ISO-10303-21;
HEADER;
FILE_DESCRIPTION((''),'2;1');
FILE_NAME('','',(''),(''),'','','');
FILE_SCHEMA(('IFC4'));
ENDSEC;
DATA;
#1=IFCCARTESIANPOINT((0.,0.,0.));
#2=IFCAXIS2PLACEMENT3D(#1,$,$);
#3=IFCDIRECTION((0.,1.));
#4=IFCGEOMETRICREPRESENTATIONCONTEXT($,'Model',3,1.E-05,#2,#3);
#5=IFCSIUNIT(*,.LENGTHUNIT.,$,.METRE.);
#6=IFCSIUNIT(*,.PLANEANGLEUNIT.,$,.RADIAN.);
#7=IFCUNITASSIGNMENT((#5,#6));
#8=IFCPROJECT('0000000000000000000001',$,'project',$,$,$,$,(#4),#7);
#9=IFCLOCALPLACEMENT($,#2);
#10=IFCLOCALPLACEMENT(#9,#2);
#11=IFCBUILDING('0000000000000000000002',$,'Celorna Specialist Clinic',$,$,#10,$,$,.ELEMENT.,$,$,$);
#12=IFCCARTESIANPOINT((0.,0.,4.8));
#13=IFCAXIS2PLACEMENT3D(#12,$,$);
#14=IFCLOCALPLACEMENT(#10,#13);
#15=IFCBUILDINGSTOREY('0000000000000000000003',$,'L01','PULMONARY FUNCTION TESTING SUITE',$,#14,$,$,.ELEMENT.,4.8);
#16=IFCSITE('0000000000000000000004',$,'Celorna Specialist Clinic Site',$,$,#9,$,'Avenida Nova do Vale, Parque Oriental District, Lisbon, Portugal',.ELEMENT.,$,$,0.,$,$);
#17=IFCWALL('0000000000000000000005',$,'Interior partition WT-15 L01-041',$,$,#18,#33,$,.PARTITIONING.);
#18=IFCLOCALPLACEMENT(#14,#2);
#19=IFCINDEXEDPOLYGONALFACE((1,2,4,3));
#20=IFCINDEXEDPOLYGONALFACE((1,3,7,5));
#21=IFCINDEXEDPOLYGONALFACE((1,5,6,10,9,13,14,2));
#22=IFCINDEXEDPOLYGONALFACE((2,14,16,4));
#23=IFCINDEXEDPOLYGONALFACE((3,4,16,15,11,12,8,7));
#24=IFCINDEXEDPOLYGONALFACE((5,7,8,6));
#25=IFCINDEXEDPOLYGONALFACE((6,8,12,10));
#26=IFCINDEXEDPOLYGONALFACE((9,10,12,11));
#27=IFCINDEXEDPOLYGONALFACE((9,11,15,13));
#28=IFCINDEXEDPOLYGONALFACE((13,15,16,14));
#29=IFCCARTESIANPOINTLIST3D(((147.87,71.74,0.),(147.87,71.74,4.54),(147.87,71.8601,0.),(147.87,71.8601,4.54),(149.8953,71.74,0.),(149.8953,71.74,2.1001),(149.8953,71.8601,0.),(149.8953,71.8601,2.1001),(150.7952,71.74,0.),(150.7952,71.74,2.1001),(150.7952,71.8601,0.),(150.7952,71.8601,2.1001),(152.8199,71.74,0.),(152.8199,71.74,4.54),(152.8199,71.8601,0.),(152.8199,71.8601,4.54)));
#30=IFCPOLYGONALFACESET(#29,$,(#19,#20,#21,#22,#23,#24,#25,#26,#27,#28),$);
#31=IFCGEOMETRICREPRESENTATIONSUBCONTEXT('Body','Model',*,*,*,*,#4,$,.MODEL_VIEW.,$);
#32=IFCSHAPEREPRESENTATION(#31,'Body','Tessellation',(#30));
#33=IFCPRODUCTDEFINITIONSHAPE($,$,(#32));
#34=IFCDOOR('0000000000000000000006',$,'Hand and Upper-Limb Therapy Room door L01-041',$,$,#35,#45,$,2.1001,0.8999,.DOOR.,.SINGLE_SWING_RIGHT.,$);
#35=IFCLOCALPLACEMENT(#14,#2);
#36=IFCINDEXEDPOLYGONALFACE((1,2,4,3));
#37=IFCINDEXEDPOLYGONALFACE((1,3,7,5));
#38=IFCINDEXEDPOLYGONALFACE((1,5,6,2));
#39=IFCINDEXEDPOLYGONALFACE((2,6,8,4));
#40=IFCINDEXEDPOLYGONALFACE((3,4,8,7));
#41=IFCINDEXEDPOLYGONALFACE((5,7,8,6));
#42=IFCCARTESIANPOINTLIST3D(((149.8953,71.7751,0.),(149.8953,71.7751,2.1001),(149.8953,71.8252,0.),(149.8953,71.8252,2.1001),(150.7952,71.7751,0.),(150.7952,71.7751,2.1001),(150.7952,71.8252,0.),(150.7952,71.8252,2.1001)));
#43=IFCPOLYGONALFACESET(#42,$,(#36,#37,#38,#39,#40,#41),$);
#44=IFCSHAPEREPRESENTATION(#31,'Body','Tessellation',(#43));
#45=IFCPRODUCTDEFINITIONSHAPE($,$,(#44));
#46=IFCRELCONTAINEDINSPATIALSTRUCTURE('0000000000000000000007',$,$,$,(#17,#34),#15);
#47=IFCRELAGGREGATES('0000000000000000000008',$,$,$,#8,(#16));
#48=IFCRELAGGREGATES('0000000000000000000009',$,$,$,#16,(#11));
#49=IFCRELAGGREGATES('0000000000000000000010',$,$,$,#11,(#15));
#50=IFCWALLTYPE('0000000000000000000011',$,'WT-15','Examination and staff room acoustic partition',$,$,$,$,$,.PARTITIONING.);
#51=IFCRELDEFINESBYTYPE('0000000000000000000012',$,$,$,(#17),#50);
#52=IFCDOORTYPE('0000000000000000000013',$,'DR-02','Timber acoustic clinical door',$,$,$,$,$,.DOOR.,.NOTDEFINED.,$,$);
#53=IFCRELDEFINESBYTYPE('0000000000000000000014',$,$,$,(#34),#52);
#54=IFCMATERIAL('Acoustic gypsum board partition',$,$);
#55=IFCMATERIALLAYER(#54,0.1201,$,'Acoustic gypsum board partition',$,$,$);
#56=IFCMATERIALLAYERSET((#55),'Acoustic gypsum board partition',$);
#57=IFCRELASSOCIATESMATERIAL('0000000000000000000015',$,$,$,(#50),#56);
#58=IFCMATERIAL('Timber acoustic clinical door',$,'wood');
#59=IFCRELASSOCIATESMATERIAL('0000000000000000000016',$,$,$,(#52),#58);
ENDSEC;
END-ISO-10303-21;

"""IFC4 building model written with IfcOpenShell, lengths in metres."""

from ifc_helpers import new_model, si_unit, direction, frame, frame_2d, origin, place, context, subcontext, project, spatial, rectangle, extrude, material, layer, layer_set, type_object, element, fill, save


model = new_model("IFC4")

# Units and contexts
model_context = context("Model", 3, precision=1e-05, world=origin(), true_north=direction((0.0, 1.0)))
body_context = subcontext(model_context, "Body", "Model", "MODEL_VIEW")
ifc_project = project(units=[si_unit("LENGTHUNIT", "METRE"), si_unit("PLANEANGLEUNIT", "RADIAN")], contexts=[model_context])

# Site, building, storey
site_placement = place(None, origin())
site = spatial("IfcSite", under=ifc_project, at=site_placement, Name="Celorna Specialist Clinic Site", LongName="Avenida Nova do Vale, Parque Oriental District, Lisbon, Portugal", CompositionType="ELEMENT", RefElevation=0.0)
building_placement = place(site_placement, origin())
building = spatial("IfcBuilding", under=site, at=building_placement, Name="Celorna Specialist Clinic", CompositionType="ELEMENT")
storey_placement = place(building_placement, frame((0.0, 0.0, 4.8)))
storey = spatial("IfcBuildingStorey", under=building, at=storey_placement, Name="L01", Description="PULMONARY FUNCTION TESTING SUITE", CompositionType="ELEMENT", Elevation=4.8)

# Wall, opening, door
ifc_material_1 = material(Name="Acoustic gypsum board partition")
ifc_layer_1 = layer(ifc_material_1, 0.1201, Name="Acoustic gypsum board partition")
ifc_layer_set_1 = layer_set([ifc_layer_1], Name="Acoustic gypsum board partition")
wall_type_1 = type_object("IfcWallType", Name="WT-15", Description="Examination and staff room acoustic partition", PredefinedType="PARTITIONING", material=ifc_layer_set_1)
wall_1_placement = place(storey_placement, frame((152.8201, 71.8, 0.0), z_axis=(0.0, 0.0, 1.0), x_axis=(-1.0, 0.0, 0.0)))
wall_1 = element("IfcWall", 1, at=wall_1_placement, inside=storey, type_object=wall_type_1, Name="Interior partition WT-15 L01-041", PredefinedType="PARTITIONING", context=body_context, shape_type="SweptSolid", body=[
    extrude(rectangle(XDim=4.95, YDim=0.1201, at=frame_2d((2.4751, 0.0))), origin(), (0.0, 0.0, 1.0), 4.54),
])
opening_1_placement = place(wall_1_placement, frame((2.0249, 0.0, 0.0)))
opening_1 = element("IfcOpeningElement", 2, at=opening_1_placement, cuts=wall_1, PredefinedType="OPENING", context=body_context, shape_type="SweptSolid", body=[
    extrude(rectangle(XDim=0.8999, YDim=2.1001, at=frame_2d((0.45, 1.05))), frame((0.0, 0.0701, 0.0), z_axis=(0.0, -1.0, 0.0), x_axis=(1.0, 0.0, 0.0)), (0.0, 0.0, 1.0), 0.1401),
])
ifc_material_2 = material(Name="Timber acoustic clinical door", Category="wood")
door_type_1 = type_object("IfcDoorType", Name="DR-02", Description="Timber acoustic clinical door", OperationType="NOTDEFINED", PredefinedType="DOOR", material=ifc_material_2)
door_1_placement = place(opening_1_placement, origin())
door_1 = element("IfcDoor", 3, at=door_1_placement, inside=storey, type_object=door_type_1, Name="Hand and Upper-Limb Therapy Room door L01-041", OperationType="SINGLE_SWING_RIGHT", OverallHeight=2.1001, OverallWidth=0.8999, PredefinedType="DOOR", context=body_context, shape_type="SweptSolid", body=[
    extrude(rectangle(XDim=0.8999, YDim=2.1001, at=frame_2d((0.45, 1.05))), frame((0.0, 0.0249, 0.0), z_axis=(0.0, -1.0, 0.0), x_axis=(1.0, 0.0, 0.0)), (0.0, 0.0, 1.0), 0.05),
])
fill(opening_1, door_1)

save(model, "model.ifc")
